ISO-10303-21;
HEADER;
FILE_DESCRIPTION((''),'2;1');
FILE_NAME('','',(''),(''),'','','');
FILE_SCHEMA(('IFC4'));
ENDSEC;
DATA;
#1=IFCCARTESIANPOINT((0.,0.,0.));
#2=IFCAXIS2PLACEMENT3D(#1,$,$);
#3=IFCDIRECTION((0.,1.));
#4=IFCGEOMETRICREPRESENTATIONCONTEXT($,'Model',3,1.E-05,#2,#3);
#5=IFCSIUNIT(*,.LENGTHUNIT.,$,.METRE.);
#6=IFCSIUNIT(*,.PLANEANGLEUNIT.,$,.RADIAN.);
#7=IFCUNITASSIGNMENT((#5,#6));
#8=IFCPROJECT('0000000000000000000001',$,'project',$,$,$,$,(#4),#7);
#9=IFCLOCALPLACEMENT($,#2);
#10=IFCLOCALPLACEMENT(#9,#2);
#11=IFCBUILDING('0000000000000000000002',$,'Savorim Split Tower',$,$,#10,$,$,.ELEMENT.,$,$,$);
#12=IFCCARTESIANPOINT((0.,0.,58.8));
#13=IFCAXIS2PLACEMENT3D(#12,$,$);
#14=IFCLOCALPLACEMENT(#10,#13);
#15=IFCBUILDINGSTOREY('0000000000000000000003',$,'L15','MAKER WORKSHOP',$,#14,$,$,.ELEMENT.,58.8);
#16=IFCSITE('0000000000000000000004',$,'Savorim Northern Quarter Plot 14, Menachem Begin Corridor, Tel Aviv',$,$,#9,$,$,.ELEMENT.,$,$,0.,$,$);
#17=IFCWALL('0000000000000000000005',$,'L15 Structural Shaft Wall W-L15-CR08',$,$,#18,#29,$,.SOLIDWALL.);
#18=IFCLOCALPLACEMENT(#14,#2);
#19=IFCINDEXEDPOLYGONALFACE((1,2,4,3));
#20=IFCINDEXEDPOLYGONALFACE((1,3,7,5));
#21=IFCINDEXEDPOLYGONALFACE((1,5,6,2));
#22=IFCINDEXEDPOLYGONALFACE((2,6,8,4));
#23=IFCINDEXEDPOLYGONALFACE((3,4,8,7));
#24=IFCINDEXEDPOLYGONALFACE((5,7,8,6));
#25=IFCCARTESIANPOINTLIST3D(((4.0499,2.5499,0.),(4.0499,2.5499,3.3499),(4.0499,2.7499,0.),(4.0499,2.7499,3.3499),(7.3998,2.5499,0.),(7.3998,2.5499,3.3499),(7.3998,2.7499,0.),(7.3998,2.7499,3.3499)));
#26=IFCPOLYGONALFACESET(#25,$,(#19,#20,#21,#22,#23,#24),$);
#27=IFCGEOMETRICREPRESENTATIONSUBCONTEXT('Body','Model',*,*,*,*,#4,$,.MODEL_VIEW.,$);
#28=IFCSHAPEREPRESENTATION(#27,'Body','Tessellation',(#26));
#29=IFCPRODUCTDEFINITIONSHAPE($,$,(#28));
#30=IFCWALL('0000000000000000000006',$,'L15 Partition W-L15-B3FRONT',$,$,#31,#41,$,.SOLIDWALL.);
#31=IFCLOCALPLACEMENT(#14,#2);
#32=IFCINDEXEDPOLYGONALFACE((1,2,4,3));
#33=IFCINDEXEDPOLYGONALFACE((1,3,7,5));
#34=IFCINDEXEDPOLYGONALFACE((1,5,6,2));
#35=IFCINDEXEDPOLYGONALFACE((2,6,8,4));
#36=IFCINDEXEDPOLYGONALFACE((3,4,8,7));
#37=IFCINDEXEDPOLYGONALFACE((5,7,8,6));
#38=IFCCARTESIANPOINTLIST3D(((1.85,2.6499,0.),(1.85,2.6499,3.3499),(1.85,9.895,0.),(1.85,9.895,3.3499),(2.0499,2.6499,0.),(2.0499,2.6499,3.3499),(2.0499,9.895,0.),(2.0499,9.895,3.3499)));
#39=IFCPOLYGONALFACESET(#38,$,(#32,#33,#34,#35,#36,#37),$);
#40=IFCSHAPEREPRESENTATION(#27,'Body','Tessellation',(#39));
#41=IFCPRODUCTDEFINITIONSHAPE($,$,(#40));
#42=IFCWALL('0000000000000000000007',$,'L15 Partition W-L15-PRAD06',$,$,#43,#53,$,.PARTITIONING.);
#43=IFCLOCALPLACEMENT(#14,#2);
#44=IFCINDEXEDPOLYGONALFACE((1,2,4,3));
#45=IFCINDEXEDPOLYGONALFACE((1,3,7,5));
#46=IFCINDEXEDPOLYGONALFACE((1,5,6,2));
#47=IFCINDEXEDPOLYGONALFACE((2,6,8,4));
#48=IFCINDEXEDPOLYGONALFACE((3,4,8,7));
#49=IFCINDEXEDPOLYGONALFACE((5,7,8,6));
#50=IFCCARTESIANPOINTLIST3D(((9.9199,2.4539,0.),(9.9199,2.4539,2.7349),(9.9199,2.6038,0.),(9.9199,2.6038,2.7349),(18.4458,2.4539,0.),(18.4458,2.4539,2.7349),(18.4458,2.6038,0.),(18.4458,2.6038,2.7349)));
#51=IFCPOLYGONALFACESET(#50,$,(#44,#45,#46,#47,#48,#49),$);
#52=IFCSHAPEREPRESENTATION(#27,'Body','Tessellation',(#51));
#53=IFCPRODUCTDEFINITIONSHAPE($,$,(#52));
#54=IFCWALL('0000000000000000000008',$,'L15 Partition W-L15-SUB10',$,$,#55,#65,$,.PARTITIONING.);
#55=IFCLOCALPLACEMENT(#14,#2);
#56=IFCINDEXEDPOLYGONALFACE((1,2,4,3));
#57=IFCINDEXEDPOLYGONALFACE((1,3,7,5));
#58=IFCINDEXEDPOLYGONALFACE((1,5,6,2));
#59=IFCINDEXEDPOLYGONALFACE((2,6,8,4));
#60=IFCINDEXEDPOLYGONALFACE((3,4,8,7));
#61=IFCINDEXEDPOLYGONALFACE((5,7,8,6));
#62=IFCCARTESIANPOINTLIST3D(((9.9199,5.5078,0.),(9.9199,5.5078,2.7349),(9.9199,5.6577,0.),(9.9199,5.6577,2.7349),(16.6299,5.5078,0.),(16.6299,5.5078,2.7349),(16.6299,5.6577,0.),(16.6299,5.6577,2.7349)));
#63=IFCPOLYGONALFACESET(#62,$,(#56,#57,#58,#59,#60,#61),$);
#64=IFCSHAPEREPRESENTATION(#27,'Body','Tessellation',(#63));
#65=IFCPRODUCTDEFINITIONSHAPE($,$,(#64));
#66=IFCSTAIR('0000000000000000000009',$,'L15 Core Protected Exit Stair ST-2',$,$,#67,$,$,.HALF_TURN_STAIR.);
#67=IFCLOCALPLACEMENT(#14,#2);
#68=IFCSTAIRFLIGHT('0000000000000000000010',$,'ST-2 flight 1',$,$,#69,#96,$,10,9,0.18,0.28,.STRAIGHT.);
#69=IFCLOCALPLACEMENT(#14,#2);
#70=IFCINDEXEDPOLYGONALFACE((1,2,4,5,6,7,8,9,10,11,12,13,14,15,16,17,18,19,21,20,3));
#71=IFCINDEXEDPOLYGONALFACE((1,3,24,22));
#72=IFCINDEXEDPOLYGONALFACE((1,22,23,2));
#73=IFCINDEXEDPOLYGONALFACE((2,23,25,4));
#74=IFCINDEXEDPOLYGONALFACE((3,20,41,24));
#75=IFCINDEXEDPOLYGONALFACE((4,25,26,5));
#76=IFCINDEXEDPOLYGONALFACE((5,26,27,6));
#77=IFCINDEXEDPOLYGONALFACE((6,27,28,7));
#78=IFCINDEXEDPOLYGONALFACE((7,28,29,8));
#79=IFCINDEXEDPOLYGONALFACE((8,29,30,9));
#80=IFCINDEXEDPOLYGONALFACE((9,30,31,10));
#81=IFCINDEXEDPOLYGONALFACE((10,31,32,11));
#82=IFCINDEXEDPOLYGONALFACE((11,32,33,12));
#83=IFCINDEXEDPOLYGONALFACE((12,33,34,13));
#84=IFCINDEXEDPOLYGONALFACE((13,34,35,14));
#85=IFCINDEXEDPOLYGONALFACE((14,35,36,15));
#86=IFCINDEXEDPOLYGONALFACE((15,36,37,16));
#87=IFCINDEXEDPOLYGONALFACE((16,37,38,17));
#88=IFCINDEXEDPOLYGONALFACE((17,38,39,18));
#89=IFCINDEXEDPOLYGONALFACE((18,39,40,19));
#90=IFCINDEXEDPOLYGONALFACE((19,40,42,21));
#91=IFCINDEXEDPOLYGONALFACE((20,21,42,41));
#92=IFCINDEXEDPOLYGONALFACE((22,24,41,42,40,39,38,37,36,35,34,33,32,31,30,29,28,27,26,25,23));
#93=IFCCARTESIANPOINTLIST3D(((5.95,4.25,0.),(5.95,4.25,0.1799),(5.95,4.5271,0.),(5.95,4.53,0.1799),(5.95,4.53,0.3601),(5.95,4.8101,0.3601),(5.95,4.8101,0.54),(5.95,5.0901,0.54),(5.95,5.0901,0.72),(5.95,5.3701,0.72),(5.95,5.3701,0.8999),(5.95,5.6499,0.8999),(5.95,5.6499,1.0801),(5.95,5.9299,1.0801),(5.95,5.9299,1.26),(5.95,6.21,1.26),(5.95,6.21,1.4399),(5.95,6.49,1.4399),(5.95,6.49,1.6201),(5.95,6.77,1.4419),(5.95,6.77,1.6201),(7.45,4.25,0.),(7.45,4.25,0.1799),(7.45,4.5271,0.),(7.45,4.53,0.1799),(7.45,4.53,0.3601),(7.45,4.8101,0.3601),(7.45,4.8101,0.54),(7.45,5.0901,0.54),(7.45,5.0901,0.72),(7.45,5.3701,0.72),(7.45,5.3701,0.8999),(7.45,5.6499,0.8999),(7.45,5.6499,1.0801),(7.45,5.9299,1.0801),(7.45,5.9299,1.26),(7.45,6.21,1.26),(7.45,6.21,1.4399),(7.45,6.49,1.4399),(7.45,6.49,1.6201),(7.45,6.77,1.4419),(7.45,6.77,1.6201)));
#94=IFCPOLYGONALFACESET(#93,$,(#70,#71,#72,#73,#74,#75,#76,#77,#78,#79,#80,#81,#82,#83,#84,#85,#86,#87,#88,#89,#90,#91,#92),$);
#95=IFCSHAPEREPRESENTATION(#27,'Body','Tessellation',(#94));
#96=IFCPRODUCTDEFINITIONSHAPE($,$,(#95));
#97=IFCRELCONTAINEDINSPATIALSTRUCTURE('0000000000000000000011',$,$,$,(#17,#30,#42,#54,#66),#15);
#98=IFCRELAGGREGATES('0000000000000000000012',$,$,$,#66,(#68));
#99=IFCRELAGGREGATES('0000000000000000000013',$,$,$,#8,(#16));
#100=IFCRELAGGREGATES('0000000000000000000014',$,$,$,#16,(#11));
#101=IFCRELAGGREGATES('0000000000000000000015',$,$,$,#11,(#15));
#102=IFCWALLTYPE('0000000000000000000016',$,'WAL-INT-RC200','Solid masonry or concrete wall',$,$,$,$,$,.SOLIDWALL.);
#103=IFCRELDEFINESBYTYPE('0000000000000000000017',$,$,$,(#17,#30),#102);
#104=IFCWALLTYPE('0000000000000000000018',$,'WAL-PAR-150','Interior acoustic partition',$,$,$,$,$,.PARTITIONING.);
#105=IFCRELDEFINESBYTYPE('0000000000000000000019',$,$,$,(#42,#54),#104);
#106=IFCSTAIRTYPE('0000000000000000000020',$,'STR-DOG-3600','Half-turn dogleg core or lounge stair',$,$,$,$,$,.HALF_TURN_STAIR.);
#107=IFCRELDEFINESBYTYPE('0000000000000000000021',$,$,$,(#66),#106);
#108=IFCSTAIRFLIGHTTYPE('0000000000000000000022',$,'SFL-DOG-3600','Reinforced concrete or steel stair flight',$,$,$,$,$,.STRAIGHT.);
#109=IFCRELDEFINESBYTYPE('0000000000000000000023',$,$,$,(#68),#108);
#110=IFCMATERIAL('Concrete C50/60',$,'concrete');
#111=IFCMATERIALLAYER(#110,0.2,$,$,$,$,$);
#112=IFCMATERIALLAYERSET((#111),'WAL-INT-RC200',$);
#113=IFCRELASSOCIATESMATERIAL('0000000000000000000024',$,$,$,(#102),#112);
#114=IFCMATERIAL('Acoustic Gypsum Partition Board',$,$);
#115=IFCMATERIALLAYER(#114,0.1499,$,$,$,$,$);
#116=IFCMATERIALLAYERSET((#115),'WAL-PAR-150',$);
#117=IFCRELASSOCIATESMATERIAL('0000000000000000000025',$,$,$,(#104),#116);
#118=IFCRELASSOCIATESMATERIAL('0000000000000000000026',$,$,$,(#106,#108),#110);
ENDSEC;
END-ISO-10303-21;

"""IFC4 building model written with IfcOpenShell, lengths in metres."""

from ifc_helpers import new_model, si_unit, direction, frame, frame_2d, origin, place, context, subcontext, project, spatial, polyline, rectangle, outline, extrude, material, layer, layer_set, type_object, element, aggregate, save


model = new_model("IFC4")

# Units and contexts
model_context = context("Model", 3, precision=1e-05, world=origin(), true_north=direction((0.0, 1.0)))
body_context = subcontext(model_context, "Body", "Model", "MODEL_VIEW")
ifc_project = project(units=[si_unit("LENGTHUNIT", "METRE"), si_unit("PLANEANGLEUNIT", "RADIAN")], contexts=[model_context])

# Site, building, storey
site_placement = place(None, origin())
site = spatial("IfcSite", under=ifc_project, at=site_placement, Name="Savorim Northern Quarter Plot 14, Menachem Begin Corridor, Tel Aviv", CompositionType="ELEMENT", RefElevation=0.0)
building_placement = place(site_placement, origin())
building = spatial("IfcBuilding", under=site, at=building_placement, Name="Savorim Split Tower", CompositionType="ELEMENT")
storey_placement = place(building_placement, frame((0.0, 0.0, 58.8)))
storey = spatial("IfcBuildingStorey", under=building, at=storey_placement, Name="L15", Description="MAKER WORKSHOP", CompositionType="ELEMENT", Elevation=58.8)

# Shared definitions
ifc_material_1 = material(Name="Concrete C50/60", Category="concrete")
ifc_layer_1 = layer(ifc_material_1, 0.2)
ifc_layer_set_1 = layer_set([ifc_layer_1], Name="WAL-INT-RC200")
wall_type_1 = type_object("IfcWallType", Name="WAL-INT-RC200", Description="Solid masonry or concrete wall", PredefinedType="SOLIDWALL", material=ifc_layer_set_1)

# Walls
wall_1_placement = place(storey_placement, frame((4.05, 2.6499, 0.0), z_axis=(0.0, 0.0, 1.0), x_axis=(1.0, 0.0, 0.0)))
element("IfcWall", 1, at=wall_1_placement, inside=storey, type_object=wall_type_1, Name="L15 Structural Shaft Wall W-L15-CR08", PredefinedType="SOLIDWALL", context=body_context, shape_type="SweptSolid", body=[
    extrude(rectangle(XDim=3.3499, YDim=0.2, at=frame_2d((1.6748, 0.0))), origin(), (0.0, 0.0, 1.0), 3.3499),
])
wall_2_placement = place(storey_placement, frame((1.95, 2.6499, 0.0), z_axis=(0.0, 0.0, 1.0), x_axis=(0.0, 1.0, 0.0)))
element("IfcWall", 2, at=wall_2_placement, inside=storey, type_object=wall_type_1, Name="L15 Partition W-L15-B3FRONT", PredefinedType="SOLIDWALL", context=body_context, shape_type="SweptSolid", body=[
    extrude(rectangle(XDim=7.2451, YDim=0.2, at=frame_2d((3.6226, 0.0))), origin(), (0.0, 0.0, 1.0), 3.3499),
])
ifc_material_2 = material(Name="Acoustic Gypsum Partition Board")
ifc_layer_2 = layer(ifc_material_2, 0.1499)
ifc_layer_set_2 = layer_set([ifc_layer_2], Name="WAL-PAR-150")
wall_type_2 = type_object("IfcWallType", Name="WAL-PAR-150", Description="Interior acoustic partition", PredefinedType="PARTITIONING", material=ifc_layer_set_2)
wall_3_placement = place(storey_placement, frame((9.9199, 2.5288, 0.0), z_axis=(0.0, 0.0, 1.0), x_axis=(1.0, 0.0, 0.0)))
element("IfcWall", 3, at=wall_3_placement, inside=storey, type_object=wall_type_2, Name="L15 Partition W-L15-PRAD06", PredefinedType="PARTITIONING", context=body_context, shape_type="SweptSolid", body=[
    extrude(rectangle(XDim=8.5259, YDim=0.1499, at=frame_2d((4.2629, 0.0))), origin(), (0.0, 0.0, 1.0), 2.7349),
])
wall_4_placement = place(storey_placement, frame((9.9199, 5.5828, 0.0), z_axis=(0.0, 0.0, 1.0), x_axis=(1.0, 0.0, 0.0)))
element("IfcWall", 4, at=wall_4_placement, inside=storey, type_object=wall_type_2, Name="L15 Partition W-L15-SUB10", PredefinedType="PARTITIONING", context=body_context, shape_type="SweptSolid", body=[
    extrude(rectangle(XDim=6.71, YDim=0.1499, at=frame_2d((3.355, 0.0))), origin(), (0.0, 0.0, 1.0), 2.7349),
])

# Stair, stair flight
stair_type = type_object("IfcStairType", Name="STR-DOG-3600", Description="Half-turn dogleg core or lounge stair", PredefinedType="HALF_TURN_STAIR", material=ifc_material_1)
stair_placement = place(storey_placement, origin())
stair = element("IfcStair", 5, at=stair_placement, inside=storey, type_object=stair_type, Name="L15 Core Protected Exit Stair ST-2", PredefinedType="HALF_TURN_STAIR")
stair_flight_type = type_object("IfcStairFlightType", Name="SFL-DOG-3600", Description="Reinforced concrete or steel stair flight", PredefinedType="STRAIGHT", material=ifc_material_1)
stair_flight_placement = place(storey_placement, frame((6.7, 4.25, 0.0), z_axis=(0.0, 0.0, 1.0), x_axis=(0.0, 1.0, 0.0)))
stair_flight = element("IfcStairFlight", 6, at=stair_flight_placement, type_object=stair_flight_type, Name="ST-2 flight 1", NumberOfRisers=10, NumberOfTreads=9, PredefinedType="STRAIGHT", RiserHeight=0.18, TreadLength=0.28, context=body_context, shape_type="SweptSolid", body=[
    extrude(outline(polyline([(0.0, 0.0), (0.0, 0.1799), (0.28, 0.1799), (0.28, 0.3601), (0.5601, 0.3601), (0.5601, 0.54), (0.8401, 0.54), (0.8401, 0.72), (1.1201, 0.72), (1.1201, 0.8999), (1.3999, 0.8999), (1.3999, 1.0801), (1.6799, 1.0801), (1.6799, 1.26), (1.96, 1.26), (1.96, 1.4399), (2.24, 1.4399), (2.24, 1.6201), (2.52, 1.6201), (2.52, 1.8), (2.52, 1.4419), (0.2771, 0.0), (0.0, 0.0)])), frame((0.0, 0.75, 0.0), z_axis=(0.0, -1.0, 0.0), x_axis=(1.0, 0.0, 0.0)), (0.0, 0.0, 1.0), 1.5),
])
aggregate(stair, [stair_flight])

save(model, "model.ifc")
